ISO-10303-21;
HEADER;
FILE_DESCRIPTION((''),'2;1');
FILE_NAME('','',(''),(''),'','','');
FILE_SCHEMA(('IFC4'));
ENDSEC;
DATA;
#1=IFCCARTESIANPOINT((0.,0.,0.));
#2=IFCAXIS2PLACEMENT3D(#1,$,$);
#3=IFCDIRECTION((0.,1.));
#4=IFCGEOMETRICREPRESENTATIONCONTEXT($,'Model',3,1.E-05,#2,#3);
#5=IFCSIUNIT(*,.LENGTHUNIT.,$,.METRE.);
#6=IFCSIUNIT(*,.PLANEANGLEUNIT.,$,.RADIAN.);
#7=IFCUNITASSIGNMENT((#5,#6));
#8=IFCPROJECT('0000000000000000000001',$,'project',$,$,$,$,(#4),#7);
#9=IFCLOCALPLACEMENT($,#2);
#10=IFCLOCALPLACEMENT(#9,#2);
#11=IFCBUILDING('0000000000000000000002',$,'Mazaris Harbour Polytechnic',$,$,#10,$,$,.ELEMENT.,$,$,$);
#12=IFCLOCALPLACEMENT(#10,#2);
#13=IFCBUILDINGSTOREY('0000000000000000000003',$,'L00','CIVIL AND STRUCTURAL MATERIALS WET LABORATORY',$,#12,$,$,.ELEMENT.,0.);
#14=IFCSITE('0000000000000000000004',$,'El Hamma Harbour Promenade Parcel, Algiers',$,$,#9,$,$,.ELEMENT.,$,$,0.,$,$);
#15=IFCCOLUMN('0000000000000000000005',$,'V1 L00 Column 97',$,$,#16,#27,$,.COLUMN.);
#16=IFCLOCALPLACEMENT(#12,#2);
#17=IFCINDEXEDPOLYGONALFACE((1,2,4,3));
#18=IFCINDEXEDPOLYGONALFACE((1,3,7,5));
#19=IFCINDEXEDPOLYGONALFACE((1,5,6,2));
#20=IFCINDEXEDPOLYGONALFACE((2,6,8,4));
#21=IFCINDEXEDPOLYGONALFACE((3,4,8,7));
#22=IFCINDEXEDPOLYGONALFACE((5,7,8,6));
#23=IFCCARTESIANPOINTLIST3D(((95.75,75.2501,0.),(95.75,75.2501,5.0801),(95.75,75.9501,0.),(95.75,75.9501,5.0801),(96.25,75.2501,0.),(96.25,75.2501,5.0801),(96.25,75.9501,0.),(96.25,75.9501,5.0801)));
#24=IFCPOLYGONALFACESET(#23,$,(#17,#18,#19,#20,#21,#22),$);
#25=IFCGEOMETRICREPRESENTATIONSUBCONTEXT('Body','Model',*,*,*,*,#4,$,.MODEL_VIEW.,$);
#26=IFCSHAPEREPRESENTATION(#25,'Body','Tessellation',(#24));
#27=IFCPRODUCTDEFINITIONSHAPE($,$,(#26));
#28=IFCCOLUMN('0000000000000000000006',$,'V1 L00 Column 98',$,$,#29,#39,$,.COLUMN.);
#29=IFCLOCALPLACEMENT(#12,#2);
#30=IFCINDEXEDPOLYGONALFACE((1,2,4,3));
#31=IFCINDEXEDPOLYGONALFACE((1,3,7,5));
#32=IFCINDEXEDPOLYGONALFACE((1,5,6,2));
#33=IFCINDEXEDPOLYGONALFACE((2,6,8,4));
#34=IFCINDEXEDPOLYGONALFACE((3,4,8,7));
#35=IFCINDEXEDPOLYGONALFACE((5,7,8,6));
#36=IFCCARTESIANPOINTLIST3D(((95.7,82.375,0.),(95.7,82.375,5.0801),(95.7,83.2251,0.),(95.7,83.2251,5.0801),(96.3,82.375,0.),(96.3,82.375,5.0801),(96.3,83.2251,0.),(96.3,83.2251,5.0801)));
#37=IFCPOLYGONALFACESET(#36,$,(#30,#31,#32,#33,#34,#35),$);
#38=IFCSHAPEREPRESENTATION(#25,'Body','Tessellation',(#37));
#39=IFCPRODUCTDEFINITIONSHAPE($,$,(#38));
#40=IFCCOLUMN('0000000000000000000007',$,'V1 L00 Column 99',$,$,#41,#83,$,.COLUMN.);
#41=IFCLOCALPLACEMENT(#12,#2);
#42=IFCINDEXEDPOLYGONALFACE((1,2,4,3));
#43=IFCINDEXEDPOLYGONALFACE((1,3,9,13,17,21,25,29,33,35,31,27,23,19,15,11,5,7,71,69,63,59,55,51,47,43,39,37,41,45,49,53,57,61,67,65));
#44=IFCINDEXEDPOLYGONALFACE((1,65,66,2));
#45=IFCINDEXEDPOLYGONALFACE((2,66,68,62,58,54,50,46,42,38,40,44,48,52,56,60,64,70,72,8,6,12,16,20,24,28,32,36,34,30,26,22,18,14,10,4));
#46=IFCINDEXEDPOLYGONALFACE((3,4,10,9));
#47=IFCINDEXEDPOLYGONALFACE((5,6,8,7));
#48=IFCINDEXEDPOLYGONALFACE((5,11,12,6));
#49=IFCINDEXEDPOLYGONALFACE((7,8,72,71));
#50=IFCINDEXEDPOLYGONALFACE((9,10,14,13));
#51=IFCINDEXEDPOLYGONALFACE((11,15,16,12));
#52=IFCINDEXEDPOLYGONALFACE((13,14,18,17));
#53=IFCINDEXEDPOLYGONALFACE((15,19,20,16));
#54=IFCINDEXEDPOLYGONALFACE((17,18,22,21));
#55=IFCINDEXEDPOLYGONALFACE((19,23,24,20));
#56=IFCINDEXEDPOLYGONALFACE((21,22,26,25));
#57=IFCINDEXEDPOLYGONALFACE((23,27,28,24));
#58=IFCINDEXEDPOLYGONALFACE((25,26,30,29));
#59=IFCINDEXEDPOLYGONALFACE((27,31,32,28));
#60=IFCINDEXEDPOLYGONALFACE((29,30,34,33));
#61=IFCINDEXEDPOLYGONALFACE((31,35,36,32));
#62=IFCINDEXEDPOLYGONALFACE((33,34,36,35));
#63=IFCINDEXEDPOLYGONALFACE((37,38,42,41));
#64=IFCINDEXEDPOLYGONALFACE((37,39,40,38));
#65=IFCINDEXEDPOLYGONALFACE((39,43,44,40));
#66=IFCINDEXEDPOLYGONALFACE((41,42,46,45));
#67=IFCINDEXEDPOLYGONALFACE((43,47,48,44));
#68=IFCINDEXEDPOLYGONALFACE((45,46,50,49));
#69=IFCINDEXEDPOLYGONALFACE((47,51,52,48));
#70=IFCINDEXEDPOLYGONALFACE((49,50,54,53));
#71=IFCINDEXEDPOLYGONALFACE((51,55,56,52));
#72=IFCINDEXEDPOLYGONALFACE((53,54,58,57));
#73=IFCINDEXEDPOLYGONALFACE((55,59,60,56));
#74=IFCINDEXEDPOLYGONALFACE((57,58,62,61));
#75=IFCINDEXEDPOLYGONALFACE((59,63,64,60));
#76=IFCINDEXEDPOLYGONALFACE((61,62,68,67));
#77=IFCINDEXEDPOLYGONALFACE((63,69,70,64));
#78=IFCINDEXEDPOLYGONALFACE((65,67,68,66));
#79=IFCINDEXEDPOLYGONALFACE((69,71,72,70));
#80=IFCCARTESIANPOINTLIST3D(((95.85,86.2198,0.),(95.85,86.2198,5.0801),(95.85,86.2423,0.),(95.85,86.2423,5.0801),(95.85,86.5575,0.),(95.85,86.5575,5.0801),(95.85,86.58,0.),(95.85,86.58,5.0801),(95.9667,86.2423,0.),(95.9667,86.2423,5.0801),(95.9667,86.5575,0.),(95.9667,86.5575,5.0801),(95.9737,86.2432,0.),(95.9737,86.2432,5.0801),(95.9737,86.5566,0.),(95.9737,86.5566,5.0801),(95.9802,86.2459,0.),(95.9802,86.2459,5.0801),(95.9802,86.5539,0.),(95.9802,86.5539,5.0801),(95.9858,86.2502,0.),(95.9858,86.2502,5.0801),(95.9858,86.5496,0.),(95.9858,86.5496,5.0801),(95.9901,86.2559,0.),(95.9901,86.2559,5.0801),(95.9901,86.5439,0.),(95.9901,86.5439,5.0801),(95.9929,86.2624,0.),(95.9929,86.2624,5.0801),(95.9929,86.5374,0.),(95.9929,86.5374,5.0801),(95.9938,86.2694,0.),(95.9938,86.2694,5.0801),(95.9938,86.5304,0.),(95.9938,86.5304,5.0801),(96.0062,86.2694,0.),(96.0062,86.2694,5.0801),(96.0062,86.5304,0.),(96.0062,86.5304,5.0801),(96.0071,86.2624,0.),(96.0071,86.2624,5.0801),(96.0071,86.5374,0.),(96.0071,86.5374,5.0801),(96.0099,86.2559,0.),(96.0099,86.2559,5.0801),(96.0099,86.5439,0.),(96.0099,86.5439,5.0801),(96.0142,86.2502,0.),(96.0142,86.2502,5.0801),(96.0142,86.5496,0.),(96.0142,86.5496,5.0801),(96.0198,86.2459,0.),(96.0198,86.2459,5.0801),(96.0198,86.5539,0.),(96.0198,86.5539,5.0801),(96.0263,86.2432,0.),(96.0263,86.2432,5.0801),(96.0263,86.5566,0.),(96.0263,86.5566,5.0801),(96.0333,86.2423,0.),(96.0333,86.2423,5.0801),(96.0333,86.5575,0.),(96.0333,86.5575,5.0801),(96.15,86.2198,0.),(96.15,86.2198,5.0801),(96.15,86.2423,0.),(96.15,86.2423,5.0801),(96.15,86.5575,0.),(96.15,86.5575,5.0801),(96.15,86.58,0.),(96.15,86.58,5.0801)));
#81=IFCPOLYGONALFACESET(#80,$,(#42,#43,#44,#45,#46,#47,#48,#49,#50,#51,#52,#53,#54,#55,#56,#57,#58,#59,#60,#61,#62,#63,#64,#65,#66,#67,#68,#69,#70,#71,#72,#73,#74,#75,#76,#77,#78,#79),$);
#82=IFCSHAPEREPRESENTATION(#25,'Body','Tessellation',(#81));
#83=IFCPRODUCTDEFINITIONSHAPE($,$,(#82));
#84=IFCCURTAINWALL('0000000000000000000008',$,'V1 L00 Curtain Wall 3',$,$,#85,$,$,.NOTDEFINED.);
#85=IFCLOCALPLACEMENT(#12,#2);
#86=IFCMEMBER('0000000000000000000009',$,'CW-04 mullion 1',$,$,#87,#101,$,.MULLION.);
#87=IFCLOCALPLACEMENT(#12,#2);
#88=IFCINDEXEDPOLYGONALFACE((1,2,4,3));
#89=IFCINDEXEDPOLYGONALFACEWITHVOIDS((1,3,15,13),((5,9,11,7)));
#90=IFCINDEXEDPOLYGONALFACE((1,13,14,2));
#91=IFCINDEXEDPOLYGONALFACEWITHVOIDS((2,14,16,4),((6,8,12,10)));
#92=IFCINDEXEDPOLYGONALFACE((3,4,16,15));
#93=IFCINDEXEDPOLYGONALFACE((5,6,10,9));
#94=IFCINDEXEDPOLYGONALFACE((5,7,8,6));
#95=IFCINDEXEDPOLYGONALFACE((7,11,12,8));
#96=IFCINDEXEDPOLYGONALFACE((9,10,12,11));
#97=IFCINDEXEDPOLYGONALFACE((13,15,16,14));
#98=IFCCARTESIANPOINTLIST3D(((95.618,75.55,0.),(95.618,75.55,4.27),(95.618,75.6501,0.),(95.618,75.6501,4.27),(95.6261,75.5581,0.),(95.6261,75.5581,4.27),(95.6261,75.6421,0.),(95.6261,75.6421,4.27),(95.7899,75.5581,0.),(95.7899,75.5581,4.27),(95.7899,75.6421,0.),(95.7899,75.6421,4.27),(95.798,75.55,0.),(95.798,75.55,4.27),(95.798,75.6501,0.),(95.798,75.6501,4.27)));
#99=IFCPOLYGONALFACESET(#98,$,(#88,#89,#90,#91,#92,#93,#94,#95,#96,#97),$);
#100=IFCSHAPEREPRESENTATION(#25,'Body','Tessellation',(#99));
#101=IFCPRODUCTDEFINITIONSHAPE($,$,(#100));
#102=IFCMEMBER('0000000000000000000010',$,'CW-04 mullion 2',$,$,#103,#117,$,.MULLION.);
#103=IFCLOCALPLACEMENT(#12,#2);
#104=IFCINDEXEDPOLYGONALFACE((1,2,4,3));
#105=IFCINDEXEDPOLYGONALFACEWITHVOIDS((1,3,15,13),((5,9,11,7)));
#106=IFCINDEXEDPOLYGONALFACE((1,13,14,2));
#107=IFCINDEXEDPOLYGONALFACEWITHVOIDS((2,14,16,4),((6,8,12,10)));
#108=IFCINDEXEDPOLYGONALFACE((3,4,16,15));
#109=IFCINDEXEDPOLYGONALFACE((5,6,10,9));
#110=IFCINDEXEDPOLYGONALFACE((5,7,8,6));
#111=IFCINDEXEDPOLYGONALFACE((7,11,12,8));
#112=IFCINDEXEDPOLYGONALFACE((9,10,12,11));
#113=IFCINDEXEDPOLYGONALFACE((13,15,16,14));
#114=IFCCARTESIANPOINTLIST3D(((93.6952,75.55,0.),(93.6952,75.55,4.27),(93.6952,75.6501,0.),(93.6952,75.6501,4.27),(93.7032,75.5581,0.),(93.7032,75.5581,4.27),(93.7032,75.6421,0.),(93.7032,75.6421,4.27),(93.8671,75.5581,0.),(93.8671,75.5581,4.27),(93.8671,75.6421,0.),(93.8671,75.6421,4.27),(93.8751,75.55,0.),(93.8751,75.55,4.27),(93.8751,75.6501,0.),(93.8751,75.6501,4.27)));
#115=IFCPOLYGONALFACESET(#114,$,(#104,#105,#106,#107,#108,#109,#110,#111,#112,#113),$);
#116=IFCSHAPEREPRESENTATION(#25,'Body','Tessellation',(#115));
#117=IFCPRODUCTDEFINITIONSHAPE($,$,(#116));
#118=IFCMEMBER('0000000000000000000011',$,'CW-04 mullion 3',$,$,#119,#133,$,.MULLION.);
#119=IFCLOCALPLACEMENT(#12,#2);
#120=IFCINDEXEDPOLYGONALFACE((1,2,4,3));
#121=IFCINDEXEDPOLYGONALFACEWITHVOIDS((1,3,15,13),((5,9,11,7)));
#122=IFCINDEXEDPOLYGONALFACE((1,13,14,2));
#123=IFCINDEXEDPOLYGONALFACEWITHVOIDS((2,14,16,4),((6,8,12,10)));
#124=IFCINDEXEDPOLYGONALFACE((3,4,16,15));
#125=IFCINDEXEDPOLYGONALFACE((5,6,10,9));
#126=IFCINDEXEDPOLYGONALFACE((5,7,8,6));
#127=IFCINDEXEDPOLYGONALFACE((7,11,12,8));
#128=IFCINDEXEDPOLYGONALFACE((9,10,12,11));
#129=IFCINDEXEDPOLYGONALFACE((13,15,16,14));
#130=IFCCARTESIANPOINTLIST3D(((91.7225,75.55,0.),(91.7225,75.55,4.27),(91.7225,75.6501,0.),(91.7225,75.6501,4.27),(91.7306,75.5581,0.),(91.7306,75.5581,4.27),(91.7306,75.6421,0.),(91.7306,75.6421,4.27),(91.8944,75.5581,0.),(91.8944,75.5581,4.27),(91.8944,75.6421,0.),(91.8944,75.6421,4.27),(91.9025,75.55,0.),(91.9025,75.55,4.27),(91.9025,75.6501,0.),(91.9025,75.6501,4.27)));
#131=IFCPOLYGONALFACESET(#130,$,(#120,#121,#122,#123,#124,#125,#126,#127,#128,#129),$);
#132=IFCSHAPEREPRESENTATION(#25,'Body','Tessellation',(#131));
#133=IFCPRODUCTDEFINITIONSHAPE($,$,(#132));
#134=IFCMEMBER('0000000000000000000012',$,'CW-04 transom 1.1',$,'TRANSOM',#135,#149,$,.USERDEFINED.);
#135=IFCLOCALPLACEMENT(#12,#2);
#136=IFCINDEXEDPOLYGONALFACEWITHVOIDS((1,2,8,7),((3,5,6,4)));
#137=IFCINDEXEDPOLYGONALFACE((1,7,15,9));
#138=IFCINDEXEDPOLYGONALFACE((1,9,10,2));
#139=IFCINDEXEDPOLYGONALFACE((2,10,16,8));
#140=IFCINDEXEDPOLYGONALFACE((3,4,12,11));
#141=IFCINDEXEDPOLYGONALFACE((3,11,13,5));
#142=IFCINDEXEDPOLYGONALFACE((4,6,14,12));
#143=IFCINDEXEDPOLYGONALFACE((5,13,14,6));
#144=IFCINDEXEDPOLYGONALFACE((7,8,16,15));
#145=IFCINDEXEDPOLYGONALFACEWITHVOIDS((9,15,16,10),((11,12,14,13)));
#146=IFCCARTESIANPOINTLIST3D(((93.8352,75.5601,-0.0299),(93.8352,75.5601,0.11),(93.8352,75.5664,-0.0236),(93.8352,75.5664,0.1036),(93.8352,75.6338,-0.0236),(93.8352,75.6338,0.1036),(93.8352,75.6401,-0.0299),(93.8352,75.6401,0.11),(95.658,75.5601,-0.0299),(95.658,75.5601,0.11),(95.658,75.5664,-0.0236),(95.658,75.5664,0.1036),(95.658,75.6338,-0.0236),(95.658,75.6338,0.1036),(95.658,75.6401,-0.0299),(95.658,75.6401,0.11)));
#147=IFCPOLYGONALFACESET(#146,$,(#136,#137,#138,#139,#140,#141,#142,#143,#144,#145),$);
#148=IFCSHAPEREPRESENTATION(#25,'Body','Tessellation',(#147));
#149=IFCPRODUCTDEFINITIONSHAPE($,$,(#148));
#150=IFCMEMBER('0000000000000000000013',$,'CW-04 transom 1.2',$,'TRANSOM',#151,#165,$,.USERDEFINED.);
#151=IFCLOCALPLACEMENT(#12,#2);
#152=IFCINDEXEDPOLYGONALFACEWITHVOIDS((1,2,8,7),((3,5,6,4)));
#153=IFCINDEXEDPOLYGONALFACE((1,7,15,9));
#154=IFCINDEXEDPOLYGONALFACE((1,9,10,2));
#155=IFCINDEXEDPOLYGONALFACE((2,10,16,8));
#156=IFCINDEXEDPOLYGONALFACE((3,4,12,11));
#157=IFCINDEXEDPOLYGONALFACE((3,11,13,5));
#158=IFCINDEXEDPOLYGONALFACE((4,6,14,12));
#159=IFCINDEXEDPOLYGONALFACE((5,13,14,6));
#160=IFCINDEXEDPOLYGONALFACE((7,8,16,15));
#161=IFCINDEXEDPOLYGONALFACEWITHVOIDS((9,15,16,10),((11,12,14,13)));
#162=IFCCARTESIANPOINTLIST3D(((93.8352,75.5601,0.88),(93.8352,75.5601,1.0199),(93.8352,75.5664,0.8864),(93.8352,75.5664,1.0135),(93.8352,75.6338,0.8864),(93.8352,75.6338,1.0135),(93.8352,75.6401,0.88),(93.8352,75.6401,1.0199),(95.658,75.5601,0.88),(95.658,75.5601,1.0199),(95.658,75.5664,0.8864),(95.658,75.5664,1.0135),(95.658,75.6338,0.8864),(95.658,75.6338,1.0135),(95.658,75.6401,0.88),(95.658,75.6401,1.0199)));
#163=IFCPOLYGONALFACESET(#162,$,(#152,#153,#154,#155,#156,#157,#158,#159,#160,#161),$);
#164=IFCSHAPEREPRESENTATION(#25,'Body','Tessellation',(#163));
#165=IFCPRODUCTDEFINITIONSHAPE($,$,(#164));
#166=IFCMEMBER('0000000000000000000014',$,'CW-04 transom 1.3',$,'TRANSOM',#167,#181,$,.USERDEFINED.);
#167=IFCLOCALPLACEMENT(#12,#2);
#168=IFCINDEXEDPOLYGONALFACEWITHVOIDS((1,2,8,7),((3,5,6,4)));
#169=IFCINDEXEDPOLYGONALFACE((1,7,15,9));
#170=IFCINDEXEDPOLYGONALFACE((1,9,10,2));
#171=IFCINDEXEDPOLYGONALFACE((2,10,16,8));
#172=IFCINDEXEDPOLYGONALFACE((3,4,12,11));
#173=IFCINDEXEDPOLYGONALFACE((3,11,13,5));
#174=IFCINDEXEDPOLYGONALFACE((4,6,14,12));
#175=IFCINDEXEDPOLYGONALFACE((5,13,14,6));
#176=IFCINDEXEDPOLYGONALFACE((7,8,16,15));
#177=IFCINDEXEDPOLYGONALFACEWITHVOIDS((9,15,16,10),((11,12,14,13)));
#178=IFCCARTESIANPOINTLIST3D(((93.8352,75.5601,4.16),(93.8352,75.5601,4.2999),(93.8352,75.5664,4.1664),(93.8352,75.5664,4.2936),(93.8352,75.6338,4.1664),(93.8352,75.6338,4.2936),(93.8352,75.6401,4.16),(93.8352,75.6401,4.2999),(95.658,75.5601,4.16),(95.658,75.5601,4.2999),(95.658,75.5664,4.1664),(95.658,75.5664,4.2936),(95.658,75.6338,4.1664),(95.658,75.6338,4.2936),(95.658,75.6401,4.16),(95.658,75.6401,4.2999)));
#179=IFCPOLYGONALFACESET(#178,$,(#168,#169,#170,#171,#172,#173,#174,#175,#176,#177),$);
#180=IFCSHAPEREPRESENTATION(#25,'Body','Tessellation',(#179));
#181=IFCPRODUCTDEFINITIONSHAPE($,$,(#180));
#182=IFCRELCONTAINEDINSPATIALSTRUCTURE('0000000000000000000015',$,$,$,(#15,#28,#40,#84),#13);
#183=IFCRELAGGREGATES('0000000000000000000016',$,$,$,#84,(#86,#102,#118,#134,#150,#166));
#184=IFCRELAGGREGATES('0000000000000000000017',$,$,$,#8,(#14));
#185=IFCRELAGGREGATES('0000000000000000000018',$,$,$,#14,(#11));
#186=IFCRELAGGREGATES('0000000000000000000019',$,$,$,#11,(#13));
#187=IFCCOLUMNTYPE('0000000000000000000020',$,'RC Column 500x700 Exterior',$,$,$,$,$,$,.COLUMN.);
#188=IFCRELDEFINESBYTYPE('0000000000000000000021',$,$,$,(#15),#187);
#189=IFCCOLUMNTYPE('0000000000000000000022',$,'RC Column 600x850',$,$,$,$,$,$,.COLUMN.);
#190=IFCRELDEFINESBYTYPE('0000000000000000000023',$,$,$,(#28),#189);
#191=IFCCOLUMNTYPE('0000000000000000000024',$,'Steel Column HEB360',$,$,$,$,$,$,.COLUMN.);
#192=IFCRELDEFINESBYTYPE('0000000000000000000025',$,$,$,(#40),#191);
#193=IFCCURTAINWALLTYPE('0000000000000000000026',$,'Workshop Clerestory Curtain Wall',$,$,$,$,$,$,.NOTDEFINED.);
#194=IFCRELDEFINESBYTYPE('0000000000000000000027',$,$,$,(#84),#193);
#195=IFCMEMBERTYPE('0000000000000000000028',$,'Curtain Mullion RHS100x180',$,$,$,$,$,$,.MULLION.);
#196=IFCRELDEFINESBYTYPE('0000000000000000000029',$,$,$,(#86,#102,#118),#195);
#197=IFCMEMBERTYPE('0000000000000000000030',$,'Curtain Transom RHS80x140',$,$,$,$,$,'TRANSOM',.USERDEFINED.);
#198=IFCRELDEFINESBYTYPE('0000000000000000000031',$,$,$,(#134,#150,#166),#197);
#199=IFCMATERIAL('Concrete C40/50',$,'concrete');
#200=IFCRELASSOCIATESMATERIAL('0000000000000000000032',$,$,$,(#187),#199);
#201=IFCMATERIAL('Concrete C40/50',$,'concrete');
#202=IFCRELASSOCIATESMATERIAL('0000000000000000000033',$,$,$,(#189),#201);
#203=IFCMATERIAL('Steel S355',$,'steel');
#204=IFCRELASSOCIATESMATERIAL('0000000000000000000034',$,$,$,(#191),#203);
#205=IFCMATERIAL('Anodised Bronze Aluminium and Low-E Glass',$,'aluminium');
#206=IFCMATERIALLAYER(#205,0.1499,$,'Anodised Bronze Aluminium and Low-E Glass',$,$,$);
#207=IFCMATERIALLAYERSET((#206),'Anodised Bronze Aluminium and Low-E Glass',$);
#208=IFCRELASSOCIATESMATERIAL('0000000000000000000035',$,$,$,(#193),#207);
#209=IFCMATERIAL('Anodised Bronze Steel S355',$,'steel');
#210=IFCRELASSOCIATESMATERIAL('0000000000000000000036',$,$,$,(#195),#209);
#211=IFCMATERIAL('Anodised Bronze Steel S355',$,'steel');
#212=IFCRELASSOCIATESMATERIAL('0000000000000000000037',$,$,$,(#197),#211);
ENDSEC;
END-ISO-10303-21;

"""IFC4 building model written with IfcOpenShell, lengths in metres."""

from ifc_helpers import new_model, si_unit, direction, frame, origin, origin_2d, place, context, subcontext, project, spatial, rectangle, hollow_rectangle, i_section, extrude, material, layer, layer_set, material_profile, profile_set, type_object, element, aggregate, save


model = new_model("IFC4")

# Units and contexts
model_context = context("Model", 3, precision=1e-05, world=origin(), true_north=direction((0.0, 1.0)))
body_context = subcontext(model_context, "Body", "Model", "MODEL_VIEW")
ifc_project = project(units=[si_unit("LENGTHUNIT", "METRE"), si_unit("PLANEANGLEUNIT", "RADIAN")], contexts=[model_context])

# Site, building, storey
site_placement = place(None, origin())
site = spatial("IfcSite", under=ifc_project, at=site_placement, Name="El Hamma Harbour Promenade Parcel, Algiers", CompositionType="ELEMENT", RefElevation=0.0)
building_placement = place(site_placement, origin())
building = spatial("IfcBuilding", under=site, at=building_placement, Name="Mazaris Harbour Polytechnic", CompositionType="ELEMENT")
storey_placement = place(building_placement, origin())
storey = spatial("IfcBuildingStorey", under=building, at=storey_placement, Name="L00", Description="CIVIL AND STRUCTURAL MATERIALS WET LABORATORY", CompositionType="ELEMENT", Elevation=0.0)

# Columns
ifc_material_1 = material(Name="Concrete C40/50", Category="concrete")
ifc_material_profile_1 = material_profile(ifc_material_1, rectangle(XDim=0.5, YDim=0.7, at=origin_2d()), Name="RECT500x700")
ifc_profile_set_1 = profile_set([ifc_material_profile_1], Name="Concrete C40/50")
column_type_1 = type_object("IfcColumnType", Name="RC Column 500x700 Exterior", PredefinedType="COLUMN", material=ifc_profile_set_1)
column_1_placement = place(storey_placement, frame((96.0, 75.6001, 0.0), z_axis=(0.0, 0.0, 1.0), x_axis=(1.0, 0.0, 0.0)))
element("IfcColumn", 1, at=column_1_placement, inside=storey, type_object=column_type_1, Name="V1 L00 Column 97", PredefinedType="COLUMN", context=body_context, shape_type="SweptSolid", body=[
    extrude(rectangle(XDim=0.5, YDim=0.7, at=origin_2d()), origin(), (0.0, 0.0, 1.0), 5.0801),
])
ifc_material_2 = material(Name="Concrete C40/50", Category="concrete")
ifc_material_profile_2 = material_profile(ifc_material_2, rectangle(XDim=0.6001, YDim=0.8501, at=origin_2d()), Name="RECT600x850")
ifc_profile_set_2 = profile_set([ifc_material_profile_2], Name="Concrete C40/50")
column_type_2 = type_object("IfcColumnType", Name="RC Column 600x850", PredefinedType="COLUMN", material=ifc_profile_set_2)
column_2_placement = place(storey_placement, frame((96.0, 82.8, 0.0), z_axis=(0.0, 0.0, 1.0), x_axis=(1.0, 0.0, 0.0)))
element("IfcColumn", 2, at=column_2_placement, inside=storey, type_object=column_type_2, Name="V1 L00 Column 98", PredefinedType="COLUMN", context=body_context, shape_type="SweptSolid", body=[
    extrude(rectangle(XDim=0.6001, YDim=0.8501, at=origin_2d()), origin(), (0.0, 0.0, 1.0), 5.0801),
])
ifc_material_3 = material(Name="Steel S355", Category="steel")
ifc_material_profile_3 = material_profile(ifc_material_3, i_section(OverallWidth=0.3, OverallDepth=0.3601, WebThickness=0.0125, FlangeThickness=0.0225, FilletRadius=0.0271, at=origin_2d()), Name="HEB 360")
ifc_profile_set_3 = profile_set([ifc_material_profile_3], Name="Steel S355")
column_type_3 = type_object("IfcColumnType", Name="Steel Column HEB360", PredefinedType="COLUMN", material=ifc_profile_set_3)
column_3_placement = place(storey_placement, frame((96.0, 86.3999, 0.0), z_axis=(0.0, 0.0, 1.0), x_axis=(1.0, 0.0, 0.0)))
element("IfcColumn", 3, at=column_3_placement, inside=storey, type_object=column_type_3, Name="V1 L00 Column 99", PredefinedType="COLUMN", context=body_context, shape_type="SweptSolid", body=[
    extrude(i_section(OverallWidth=0.3, OverallDepth=0.3601, WebThickness=0.0125, FlangeThickness=0.0225, FilletRadius=0.0271, at=origin_2d()), origin(), (0.0, 0.0, 1.0), 5.0801),
])

# Curtain wall, members
ifc_material_4 = material(Name="Anodised Bronze Aluminium and Low-E Glass", Category="aluminium")
ifc_layer_1 = layer(ifc_material_4, 0.1499, Name="Anodised Bronze Aluminium and Low-E Glass")
ifc_layer_set_1 = layer_set([ifc_layer_1], Name="Anodised Bronze Aluminium and Low-E Glass")
curtain_wall_type = type_object("IfcCurtainWallType", Name="Workshop Clerestory Curtain Wall", PredefinedType="NOTDEFINED", material=ifc_layer_set_1)
curtain_wall_placement = place(storey_placement, origin())
curtain_wall = element("IfcCurtainWall", 4, at=curtain_wall_placement, inside=storey, type_object=curtain_wall_type, Name="V1 L00 Curtain Wall 3", PredefinedType="NOTDEFINED")
ifc_material_5 = material(Name="Anodised Bronze Steel S355", Category="steel")
ifc_material_profile_4 = material_profile(ifc_material_5, hollow_rectangle(XDim=0.1001, YDim=0.1799, WallThickness=0.0081, at=origin_2d()), Name="RHS 100x180x8.0")
ifc_profile_set_4 = profile_set([ifc_material_profile_4], Name="Anodised Bronze Steel S355")
member_type_1 = type_object("IfcMemberType", Name="Curtain Mullion RHS100x180", PredefinedType="MULLION", material=ifc_profile_set_4)
member_1_placement = place(storey_placement, frame((95.708, 75.6001, 0.0), z_axis=(0.0, 0.0, 1.0), x_axis=(0.0, -1.0, 0.0)))
member_1 = element("IfcMember", 5, at=member_1_placement, type_object=member_type_1, Name="CW-04 mullion 1", PredefinedType="MULLION", context=body_context, shape_type="SweptSolid", body=[
    extrude(hollow_rectangle(XDim=0.1001, YDim=0.1799, WallThickness=0.0081, at=origin_2d()), origin(), (0.0, 0.0, 1.0), 4.27),
])
member_2_placement = place(storey_placement, frame((93.7852, 75.6001, 0.0), z_axis=(0.0, 0.0, 1.0), x_axis=(0.0, -1.0, 0.0)))
member_2 = element("IfcMember", 6, at=member_2_placement, type_object=member_type_1, Name="CW-04 mullion 2", PredefinedType="MULLION", context=body_context, shape_type="SweptSolid", body=[
    extrude(hollow_rectangle(XDim=0.1001, YDim=0.1799, WallThickness=0.0081, at=origin_2d()), origin(), (0.0, 0.0, 1.0), 4.27),
])
member_3_placement = place(storey_placement, frame((91.8125, 75.6001, 0.0), z_axis=(0.0, 0.0, 1.0), x_axis=(0.0, -1.0, 0.0)))
member_3 = element("IfcMember", 7, at=member_3_placement, type_object=member_type_1, Name="CW-04 mullion 3", PredefinedType="MULLION", context=body_context, shape_type="SweptSolid", body=[
    extrude(hollow_rectangle(XDim=0.1001, YDim=0.1799, WallThickness=0.0081, at=origin_2d()), origin(), (0.0, 0.0, 1.0), 4.27),
])
ifc_material_6 = material(Name="Anodised Bronze Steel S355", Category="steel")
ifc_material_profile_5 = material_profile(ifc_material_6, hollow_rectangle(XDim=0.0801, YDim=0.1399, WallThickness=0.0063, at=origin_2d()), Name="RHS 80x140x6.3")
ifc_profile_set_5 = profile_set([ifc_material_profile_5], Name="Anodised Bronze Steel S355")
member_type_2 = type_object("IfcMemberType", Name="Curtain Transom RHS80x140", ElementType="TRANSOM", PredefinedType="USERDEFINED", material=ifc_profile_set_5)
member_4_placement = place(storey_placement, frame((95.658, 75.6001, 0.04), z_axis=(-1.0, 0.0, 0.0), x_axis=(0.0, -1.0, 0.0)))
member_4 = element("IfcMember", 8, at=member_4_placement, type_object=member_type_2, Name="CW-04 transom 1.1", ObjectType="TRANSOM", PredefinedType="USERDEFINED", context=body_context, shape_type="SweptSolid", body=[
    extrude(hollow_rectangle(XDim=0.0801, YDim=0.1399, WallThickness=0.0063, at=origin_2d()), origin(), (0.0, 0.0, 1.0), 1.8228),
])
member_5_placement = place(storey_placement, frame((95.658, 75.6001, 0.95), z_axis=(-1.0, 0.0, 0.0), x_axis=(0.0, -1.0, 0.0)))
member_5 = element("IfcMember", 9, at=member_5_placement, type_object=member_type_2, Name="CW-04 transom 1.2", ObjectType="TRANSOM", PredefinedType="USERDEFINED", context=body_context, shape_type="SweptSolid", body=[
    extrude(hollow_rectangle(XDim=0.0801, YDim=0.1399, WallThickness=0.0063, at=origin_2d()), origin(), (0.0, 0.0, 1.0), 1.8228),
])
member_6_placement = place(storey_placement, frame((95.658, 75.6001, 4.23), z_axis=(-1.0, 0.0, 0.0), x_axis=(0.0, -1.0, 0.0)))
member_6 = element("IfcMember", 10, at=member_6_placement, type_object=member_type_2, Name="CW-04 transom 1.3", ObjectType="TRANSOM", PredefinedType="USERDEFINED", context=body_context, shape_type="SweptSolid", body=[
    extrude(hollow_rectangle(XDim=0.0801, YDim=0.1399, WallThickness=0.0063, at=origin_2d()), origin(), (0.0, 0.0, 1.0), 1.8228),
])

aggregate(curtain_wall, [member_1, member_2, member_3, member_4, member_5, member_6])

save(model, "model.ifc")
